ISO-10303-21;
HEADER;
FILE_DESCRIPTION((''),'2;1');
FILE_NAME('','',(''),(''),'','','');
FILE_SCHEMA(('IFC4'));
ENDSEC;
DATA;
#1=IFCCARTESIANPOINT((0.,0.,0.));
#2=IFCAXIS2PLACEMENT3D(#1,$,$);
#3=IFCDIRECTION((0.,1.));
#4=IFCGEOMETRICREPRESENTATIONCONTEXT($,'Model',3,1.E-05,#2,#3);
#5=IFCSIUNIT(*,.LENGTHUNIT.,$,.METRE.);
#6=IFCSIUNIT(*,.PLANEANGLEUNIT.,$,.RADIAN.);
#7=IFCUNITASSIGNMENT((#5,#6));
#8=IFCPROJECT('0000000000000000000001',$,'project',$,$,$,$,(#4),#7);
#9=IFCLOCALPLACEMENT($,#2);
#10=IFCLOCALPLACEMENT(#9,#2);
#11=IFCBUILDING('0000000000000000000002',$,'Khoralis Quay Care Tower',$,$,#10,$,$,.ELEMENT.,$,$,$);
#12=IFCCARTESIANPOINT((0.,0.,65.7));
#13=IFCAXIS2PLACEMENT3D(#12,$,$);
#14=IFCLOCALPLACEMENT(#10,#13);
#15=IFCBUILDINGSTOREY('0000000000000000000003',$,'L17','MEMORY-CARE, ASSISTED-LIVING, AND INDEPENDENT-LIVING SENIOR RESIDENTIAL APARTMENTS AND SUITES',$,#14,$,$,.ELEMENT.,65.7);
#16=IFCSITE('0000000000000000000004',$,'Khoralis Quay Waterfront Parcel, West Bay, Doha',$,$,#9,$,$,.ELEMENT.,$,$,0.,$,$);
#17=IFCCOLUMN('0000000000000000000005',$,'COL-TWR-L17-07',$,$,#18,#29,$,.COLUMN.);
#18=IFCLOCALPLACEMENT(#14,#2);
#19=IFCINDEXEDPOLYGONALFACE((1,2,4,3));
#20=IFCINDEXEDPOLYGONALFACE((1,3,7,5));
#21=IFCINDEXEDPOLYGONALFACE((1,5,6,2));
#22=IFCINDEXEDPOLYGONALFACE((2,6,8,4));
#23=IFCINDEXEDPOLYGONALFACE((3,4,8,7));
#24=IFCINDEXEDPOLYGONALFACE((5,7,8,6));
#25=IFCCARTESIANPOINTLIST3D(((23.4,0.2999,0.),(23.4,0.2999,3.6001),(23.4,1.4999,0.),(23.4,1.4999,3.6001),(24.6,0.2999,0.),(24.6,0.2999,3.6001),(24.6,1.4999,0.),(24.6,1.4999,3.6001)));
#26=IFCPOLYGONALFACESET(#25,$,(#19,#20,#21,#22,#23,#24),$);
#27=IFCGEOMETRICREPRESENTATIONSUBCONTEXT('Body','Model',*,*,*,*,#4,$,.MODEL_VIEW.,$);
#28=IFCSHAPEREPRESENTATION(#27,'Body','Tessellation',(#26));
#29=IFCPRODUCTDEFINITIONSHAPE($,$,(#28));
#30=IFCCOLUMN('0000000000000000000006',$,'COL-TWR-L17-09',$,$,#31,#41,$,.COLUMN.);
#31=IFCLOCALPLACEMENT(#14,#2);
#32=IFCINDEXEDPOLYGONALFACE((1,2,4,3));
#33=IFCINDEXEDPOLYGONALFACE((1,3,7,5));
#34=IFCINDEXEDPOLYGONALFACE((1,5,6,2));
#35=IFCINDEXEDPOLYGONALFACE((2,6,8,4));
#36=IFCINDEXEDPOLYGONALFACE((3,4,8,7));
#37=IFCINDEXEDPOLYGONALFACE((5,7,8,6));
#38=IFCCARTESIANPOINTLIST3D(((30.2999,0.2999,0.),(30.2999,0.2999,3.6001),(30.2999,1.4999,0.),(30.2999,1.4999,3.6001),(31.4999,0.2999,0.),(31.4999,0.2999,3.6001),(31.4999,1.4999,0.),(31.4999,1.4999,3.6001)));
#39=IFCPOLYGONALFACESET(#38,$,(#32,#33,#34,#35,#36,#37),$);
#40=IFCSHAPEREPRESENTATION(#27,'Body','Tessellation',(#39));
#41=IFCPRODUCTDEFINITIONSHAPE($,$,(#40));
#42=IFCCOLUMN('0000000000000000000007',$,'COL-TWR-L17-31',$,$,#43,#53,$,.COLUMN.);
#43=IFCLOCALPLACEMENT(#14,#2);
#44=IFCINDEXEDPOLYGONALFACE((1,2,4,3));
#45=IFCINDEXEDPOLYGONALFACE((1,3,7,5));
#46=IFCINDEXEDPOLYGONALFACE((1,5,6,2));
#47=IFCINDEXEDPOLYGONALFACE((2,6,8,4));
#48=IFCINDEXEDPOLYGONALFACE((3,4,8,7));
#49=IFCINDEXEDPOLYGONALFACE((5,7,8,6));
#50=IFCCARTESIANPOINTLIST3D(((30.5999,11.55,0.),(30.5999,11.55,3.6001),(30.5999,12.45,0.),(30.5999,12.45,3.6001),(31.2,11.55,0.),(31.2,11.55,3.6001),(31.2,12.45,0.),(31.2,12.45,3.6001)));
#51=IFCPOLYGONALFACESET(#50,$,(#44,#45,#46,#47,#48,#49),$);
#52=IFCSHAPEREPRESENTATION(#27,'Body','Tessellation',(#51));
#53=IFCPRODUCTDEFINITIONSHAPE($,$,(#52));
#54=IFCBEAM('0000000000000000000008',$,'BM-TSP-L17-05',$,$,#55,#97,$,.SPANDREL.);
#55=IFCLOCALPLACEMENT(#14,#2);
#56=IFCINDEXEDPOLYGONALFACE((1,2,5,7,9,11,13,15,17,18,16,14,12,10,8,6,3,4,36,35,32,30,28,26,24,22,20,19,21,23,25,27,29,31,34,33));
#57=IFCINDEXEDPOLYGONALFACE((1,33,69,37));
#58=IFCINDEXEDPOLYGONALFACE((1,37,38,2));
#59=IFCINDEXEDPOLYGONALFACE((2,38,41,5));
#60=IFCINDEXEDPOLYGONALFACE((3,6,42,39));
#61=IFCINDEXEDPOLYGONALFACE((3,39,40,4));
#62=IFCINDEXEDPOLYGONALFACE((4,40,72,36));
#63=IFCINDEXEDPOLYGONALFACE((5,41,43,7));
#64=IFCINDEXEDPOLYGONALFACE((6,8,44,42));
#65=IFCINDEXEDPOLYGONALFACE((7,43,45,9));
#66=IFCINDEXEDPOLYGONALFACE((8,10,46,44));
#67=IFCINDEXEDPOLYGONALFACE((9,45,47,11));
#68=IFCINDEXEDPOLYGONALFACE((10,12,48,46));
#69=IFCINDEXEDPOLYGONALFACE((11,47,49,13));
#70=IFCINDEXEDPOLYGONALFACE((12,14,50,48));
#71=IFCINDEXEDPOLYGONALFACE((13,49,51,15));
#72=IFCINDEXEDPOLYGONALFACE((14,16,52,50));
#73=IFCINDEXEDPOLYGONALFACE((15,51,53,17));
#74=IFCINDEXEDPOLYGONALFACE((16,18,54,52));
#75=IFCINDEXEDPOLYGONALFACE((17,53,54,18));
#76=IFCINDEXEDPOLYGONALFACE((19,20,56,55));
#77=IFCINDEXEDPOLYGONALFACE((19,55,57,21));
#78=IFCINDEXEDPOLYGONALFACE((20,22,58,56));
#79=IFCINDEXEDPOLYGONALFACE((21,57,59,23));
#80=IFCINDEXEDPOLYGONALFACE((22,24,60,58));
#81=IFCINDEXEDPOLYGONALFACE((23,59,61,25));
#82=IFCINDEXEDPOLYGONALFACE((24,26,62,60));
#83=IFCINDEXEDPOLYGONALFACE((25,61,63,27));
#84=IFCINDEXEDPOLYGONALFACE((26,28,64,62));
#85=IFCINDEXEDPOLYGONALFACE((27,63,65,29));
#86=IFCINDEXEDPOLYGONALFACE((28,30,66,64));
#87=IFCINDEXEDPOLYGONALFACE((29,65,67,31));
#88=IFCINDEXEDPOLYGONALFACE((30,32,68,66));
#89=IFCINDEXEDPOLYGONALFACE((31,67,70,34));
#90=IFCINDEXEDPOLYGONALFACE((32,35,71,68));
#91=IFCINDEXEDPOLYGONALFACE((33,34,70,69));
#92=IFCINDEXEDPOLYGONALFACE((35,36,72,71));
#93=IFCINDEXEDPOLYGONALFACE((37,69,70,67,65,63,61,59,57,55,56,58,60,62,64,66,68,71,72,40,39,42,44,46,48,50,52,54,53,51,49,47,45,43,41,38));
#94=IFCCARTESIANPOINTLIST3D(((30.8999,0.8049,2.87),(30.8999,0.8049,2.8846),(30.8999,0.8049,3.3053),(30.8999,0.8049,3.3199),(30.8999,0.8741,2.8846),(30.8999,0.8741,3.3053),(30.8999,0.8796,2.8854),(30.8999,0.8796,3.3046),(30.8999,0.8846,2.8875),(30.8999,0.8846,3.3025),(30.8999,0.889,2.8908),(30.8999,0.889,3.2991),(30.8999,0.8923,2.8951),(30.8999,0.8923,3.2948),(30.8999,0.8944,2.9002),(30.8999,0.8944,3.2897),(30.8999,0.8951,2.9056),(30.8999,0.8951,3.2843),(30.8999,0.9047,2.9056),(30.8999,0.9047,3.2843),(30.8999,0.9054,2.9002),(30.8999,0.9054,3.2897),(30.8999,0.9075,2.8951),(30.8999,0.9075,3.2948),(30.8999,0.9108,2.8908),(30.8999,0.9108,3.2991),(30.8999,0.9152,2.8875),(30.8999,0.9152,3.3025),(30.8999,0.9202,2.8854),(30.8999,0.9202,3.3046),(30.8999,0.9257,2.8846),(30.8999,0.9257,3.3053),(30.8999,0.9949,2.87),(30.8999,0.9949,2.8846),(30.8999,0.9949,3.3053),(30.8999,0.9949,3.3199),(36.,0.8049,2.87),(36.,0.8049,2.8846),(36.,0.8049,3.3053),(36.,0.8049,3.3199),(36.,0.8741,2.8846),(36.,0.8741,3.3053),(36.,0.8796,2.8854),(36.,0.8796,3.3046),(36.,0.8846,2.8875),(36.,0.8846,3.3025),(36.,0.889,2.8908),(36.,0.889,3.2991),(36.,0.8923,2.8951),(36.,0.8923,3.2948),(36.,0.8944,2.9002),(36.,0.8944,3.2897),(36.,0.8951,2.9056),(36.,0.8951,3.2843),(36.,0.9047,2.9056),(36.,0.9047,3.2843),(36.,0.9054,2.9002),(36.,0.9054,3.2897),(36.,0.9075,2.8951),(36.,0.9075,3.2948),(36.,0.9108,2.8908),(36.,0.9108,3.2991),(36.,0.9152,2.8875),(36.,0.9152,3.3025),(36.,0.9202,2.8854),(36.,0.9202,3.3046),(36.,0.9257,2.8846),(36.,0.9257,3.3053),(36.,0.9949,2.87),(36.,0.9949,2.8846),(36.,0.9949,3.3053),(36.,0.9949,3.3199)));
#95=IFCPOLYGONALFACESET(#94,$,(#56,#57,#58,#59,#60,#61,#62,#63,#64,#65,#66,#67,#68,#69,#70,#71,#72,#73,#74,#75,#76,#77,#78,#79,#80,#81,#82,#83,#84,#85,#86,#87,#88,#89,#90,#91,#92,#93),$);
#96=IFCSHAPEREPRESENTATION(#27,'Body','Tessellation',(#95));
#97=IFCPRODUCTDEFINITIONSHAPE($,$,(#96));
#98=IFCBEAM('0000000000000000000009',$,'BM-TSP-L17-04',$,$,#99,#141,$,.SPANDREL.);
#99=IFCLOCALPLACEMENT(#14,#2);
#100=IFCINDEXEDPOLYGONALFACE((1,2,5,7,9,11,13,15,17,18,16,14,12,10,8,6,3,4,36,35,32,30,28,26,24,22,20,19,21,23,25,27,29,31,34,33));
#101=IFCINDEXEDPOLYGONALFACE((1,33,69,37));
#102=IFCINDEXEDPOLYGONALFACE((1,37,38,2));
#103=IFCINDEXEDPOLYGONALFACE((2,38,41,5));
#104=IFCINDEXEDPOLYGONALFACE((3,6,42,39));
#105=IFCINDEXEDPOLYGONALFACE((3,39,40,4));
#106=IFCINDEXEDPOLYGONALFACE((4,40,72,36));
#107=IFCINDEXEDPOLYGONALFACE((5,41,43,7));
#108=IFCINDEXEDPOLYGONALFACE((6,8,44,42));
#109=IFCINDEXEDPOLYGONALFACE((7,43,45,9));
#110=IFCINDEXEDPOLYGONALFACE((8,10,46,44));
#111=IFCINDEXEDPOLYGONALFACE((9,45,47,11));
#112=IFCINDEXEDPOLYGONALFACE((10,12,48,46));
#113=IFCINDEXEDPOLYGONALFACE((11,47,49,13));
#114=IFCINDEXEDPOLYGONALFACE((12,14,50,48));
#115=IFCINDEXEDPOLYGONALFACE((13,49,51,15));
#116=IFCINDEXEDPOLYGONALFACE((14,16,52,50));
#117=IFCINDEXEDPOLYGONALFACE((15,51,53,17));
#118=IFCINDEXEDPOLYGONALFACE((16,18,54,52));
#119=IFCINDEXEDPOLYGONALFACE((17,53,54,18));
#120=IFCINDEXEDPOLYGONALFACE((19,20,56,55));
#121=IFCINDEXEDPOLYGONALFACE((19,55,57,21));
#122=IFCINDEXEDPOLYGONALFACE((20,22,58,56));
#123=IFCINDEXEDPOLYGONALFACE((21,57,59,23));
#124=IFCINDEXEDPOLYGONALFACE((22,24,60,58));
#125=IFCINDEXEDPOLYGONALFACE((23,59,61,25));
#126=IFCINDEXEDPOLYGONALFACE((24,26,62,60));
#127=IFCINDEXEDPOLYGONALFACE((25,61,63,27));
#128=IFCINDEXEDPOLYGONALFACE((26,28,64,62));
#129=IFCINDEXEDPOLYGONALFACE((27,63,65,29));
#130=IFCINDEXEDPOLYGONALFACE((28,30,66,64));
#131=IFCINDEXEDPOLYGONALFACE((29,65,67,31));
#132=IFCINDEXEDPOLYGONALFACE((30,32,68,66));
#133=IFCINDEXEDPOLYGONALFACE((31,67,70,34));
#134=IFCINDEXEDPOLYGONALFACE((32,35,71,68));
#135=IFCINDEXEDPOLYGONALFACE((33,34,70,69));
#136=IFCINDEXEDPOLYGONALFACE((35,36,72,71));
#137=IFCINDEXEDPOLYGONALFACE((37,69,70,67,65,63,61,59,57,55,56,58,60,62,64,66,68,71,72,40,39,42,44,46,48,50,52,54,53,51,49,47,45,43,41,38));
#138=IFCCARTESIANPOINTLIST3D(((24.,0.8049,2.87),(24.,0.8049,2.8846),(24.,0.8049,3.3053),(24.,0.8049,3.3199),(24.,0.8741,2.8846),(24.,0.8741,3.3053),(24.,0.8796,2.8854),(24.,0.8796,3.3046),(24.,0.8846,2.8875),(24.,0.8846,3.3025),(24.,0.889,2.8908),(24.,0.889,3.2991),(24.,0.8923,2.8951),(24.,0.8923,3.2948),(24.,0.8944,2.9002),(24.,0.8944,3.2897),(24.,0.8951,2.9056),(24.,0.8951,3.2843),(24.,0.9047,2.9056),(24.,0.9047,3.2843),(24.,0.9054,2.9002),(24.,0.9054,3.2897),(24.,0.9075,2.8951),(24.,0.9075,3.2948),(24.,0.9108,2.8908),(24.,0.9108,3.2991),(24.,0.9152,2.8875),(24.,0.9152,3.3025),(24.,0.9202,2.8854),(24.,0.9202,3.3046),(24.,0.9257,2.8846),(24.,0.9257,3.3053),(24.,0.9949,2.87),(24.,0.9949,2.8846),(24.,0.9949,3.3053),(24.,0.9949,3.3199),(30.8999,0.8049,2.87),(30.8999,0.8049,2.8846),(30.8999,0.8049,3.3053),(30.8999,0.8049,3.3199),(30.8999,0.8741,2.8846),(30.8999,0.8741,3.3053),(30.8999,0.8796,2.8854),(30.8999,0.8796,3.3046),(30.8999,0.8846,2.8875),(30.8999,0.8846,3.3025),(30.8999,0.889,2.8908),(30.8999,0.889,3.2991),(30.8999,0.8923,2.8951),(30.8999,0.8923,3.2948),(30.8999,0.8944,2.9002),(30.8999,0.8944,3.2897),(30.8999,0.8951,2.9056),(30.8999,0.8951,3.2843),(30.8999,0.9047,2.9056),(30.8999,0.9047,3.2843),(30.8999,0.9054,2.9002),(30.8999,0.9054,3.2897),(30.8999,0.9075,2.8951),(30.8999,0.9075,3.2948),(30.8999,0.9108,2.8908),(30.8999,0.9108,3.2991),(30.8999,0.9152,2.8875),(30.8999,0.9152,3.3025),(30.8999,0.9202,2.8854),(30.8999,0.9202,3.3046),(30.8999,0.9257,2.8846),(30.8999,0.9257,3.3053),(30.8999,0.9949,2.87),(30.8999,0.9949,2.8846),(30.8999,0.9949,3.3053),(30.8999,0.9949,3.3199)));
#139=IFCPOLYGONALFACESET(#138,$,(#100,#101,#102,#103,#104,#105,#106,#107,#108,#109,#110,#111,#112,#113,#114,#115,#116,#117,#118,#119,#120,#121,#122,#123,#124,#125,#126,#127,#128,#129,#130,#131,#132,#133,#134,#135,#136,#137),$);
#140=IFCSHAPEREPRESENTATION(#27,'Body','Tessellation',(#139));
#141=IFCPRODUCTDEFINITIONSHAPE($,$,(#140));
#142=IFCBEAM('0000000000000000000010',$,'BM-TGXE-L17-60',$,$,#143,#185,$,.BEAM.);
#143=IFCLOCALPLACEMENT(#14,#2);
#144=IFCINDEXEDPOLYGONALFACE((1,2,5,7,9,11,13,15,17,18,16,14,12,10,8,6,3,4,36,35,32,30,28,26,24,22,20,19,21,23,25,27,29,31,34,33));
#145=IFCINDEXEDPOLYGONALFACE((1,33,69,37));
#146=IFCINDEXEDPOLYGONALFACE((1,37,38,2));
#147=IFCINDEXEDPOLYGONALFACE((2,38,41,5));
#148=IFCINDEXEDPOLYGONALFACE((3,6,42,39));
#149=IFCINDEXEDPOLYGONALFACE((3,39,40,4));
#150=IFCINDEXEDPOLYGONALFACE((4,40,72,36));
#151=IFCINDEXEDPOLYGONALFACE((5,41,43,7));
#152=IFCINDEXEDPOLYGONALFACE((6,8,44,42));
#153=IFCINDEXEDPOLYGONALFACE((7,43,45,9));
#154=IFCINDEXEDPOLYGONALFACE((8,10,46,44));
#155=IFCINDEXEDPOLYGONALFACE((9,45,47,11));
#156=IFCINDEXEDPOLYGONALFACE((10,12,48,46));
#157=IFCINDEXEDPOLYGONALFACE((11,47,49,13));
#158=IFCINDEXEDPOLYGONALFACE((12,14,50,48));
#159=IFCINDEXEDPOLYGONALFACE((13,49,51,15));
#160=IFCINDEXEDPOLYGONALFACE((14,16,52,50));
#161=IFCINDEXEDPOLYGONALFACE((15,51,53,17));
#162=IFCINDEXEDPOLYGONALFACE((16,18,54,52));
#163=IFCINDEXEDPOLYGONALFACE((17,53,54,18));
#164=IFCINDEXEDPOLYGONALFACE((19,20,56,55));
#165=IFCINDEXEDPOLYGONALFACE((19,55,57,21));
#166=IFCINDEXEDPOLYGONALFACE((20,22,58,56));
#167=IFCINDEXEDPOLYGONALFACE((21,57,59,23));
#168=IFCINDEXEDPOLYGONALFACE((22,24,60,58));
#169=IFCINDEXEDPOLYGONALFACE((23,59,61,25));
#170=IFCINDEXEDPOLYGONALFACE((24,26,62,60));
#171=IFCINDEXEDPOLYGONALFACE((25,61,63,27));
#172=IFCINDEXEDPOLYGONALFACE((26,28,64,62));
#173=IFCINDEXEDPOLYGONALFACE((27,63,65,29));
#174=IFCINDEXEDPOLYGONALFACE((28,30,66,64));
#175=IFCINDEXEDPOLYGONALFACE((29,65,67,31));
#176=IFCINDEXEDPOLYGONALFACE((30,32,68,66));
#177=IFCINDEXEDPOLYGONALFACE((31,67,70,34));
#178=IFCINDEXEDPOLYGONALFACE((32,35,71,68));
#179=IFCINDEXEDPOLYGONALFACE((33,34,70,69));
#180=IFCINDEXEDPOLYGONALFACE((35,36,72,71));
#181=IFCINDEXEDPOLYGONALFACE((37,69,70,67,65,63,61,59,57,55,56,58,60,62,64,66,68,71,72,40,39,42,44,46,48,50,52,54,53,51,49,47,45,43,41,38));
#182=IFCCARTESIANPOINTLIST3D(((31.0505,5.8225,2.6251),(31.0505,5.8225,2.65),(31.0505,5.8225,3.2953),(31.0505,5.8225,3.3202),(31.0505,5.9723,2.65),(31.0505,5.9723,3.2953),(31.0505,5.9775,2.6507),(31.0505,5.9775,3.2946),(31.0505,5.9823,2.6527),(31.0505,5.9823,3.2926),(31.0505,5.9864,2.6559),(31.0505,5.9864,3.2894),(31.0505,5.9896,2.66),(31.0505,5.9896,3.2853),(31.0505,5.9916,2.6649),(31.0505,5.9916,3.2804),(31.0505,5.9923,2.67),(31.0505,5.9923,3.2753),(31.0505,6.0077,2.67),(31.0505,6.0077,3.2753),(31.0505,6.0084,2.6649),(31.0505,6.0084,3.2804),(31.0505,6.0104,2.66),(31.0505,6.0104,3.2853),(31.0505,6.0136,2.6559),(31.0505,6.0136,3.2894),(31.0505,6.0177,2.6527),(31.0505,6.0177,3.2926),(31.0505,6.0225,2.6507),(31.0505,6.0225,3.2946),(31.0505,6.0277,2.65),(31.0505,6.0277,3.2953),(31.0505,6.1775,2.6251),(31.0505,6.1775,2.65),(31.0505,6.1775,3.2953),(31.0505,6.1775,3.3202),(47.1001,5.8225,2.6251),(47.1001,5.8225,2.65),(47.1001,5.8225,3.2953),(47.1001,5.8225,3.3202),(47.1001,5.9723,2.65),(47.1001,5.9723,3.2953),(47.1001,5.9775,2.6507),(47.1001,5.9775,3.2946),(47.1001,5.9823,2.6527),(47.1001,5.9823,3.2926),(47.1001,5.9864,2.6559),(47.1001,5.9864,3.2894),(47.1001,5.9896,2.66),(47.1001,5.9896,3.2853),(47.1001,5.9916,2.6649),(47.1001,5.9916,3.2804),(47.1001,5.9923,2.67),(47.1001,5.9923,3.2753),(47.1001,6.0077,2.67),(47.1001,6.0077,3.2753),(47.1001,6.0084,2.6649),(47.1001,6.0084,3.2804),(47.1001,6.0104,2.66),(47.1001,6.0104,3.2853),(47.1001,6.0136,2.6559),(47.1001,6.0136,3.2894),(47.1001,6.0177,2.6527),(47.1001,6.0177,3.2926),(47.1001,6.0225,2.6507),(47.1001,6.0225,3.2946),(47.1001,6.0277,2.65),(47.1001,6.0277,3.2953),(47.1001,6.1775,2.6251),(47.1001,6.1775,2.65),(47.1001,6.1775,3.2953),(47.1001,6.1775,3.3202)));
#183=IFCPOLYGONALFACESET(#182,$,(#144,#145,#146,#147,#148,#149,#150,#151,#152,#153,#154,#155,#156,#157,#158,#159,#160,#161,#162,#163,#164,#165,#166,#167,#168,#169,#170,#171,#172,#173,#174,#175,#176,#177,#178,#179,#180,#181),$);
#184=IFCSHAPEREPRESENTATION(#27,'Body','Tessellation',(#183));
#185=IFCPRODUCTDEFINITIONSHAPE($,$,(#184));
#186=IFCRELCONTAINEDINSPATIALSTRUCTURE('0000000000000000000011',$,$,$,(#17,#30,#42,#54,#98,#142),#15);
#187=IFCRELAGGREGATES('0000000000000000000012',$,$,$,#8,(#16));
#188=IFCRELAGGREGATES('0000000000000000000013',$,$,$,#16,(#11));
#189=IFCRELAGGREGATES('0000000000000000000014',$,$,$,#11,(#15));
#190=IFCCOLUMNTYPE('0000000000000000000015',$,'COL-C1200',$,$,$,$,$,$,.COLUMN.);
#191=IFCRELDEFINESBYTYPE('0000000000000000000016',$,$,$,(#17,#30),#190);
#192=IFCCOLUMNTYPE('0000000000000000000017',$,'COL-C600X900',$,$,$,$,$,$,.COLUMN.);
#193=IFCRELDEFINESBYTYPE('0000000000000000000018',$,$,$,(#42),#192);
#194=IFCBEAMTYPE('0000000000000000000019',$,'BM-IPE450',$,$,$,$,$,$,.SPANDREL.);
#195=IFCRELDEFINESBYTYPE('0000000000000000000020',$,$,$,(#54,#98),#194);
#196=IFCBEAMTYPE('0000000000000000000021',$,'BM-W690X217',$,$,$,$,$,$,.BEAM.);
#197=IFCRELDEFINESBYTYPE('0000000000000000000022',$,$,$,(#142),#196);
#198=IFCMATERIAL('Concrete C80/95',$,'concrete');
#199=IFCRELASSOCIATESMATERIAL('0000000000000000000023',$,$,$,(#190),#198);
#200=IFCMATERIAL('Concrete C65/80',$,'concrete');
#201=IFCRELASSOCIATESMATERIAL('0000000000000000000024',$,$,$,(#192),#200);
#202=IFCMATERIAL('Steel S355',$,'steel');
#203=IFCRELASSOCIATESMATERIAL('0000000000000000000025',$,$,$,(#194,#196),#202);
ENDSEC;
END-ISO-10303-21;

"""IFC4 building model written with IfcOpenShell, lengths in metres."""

from ifc_helpers import new_model, si_unit, direction, frame, origin, origin_2d, place, context, subcontext, project, spatial, rectangle, i_section, extrude, source, transform, mapped, material, material_profile, profile_set, type_object, element, save


model = new_model("IFC4")

# Units and contexts
model_context = context("Model", 3, precision=1e-05, world=origin(), true_north=direction((0.0, 1.0)))
body_context = subcontext(model_context, "Body", "Model", "MODEL_VIEW")
ifc_project = project(units=[si_unit("LENGTHUNIT", "METRE"), si_unit("PLANEANGLEUNIT", "RADIAN")], contexts=[model_context])

# Site, building, storey
site_placement = place(None, origin())
site = spatial("IfcSite", under=ifc_project, at=site_placement, Name="Khoralis Quay Waterfront Parcel, West Bay, Doha", CompositionType="ELEMENT", RefElevation=0.0)
building_placement = place(site_placement, origin())
building = spatial("IfcBuilding", under=site, at=building_placement, Name="Khoralis Quay Care Tower", CompositionType="ELEMENT")
storey_placement = place(building_placement, frame((0.0, 0.0, 65.7)))
storey = spatial("IfcBuildingStorey", under=building, at=storey_placement, Name="L17", Description="MEMORY-CARE, ASSISTED-LIVING, AND INDEPENDENT-LIVING SENIOR RESIDENTIAL APARTMENTS AND SUITES", CompositionType="ELEMENT", Elevation=65.7)

# Columns
ifc_material_1 = material(Name="Concrete C80/95", Category="concrete")
ifc_material_profile_1 = material_profile(ifc_material_1, rectangle(XDim=1.2, YDim=1.2, at=origin_2d()), Name="Concrete C80/95")
ifc_profile_set_1 = profile_set([ifc_material_profile_1], Name="Concrete C80/95")
column_type_1 = type_object("IfcColumnType", Name="COL-C1200", PredefinedType="COLUMN", material=ifc_profile_set_1)
shared_shape_1 = source(origin(), body_context, "Body", "SweptSolid", [
    extrude(rectangle(XDim=1.2, YDim=1.2, at=origin_2d()), origin(), (0.0, 0.0, 1.0), 3.6001),
])
for number, where, z_axis, x_axis, name in (
    (1, (24.0, 0.8999, 0.0), (0.0, 0.0, 1.0), (1.0, 0.0, 0.0), "COL-TWR-L17-07"),
    (2, (30.8999, 0.8999, 0.0), (0.0, 0.0, 1.0), (1.0, 0.0, 0.0), "COL-TWR-L17-09"),
):
    element("IfcColumn", number, at=place(storey_placement, frame(where, z_axis=z_axis, x_axis=x_axis)), inside=storey, type_object=column_type_1, Name=name, PredefinedType="COLUMN", context=body_context, shape_type="MappedRepresentation", body=[
        mapped(shared_shape_1, transform((0.0, 0.0, 0.0), scale=1.0)),
    ])
ifc_material_2 = material(Name="Concrete C65/80", Category="concrete")
ifc_material_profile_2 = material_profile(ifc_material_2, rectangle(XDim=0.6001, YDim=0.8999, at=origin_2d()), Name="Concrete C65/80")
ifc_profile_set_2 = profile_set([ifc_material_profile_2], Name="Concrete C65/80")
column_type_2 = type_object("IfcColumnType", Name="COL-C600X900", PredefinedType="COLUMN", material=ifc_profile_set_2)
shared_shape_2 = source(origin(), body_context, "Body", "SweptSolid", [
    extrude(rectangle(XDim=0.6001, YDim=0.8999, at=origin_2d()), origin(), (0.0, 0.0, 1.0), 3.6001),
])
column_placement = place(storey_placement, frame((30.8999, 12.0, 0.0), z_axis=(0.0, 0.0, 1.0), x_axis=(1.0, 0.0, 0.0)))
element("IfcColumn", 3, at=column_placement, inside=storey, type_object=column_type_2, Name="COL-TWR-L17-31", PredefinedType="COLUMN", context=body_context, shape_type="MappedRepresentation", body=[
    mapped(shared_shape_2, transform((0.0, 0.0, 0.0), scale=1.0)),
])

# Beams
ifc_material_3 = material(Name="Steel S355", Category="steel")
ifc_material_profile_3 = material_profile(ifc_material_3, i_section(OverallWidth=0.1899, OverallDepth=0.45, WebThickness=0.0095, FlangeThickness=0.0146, FilletRadius=0.021, at=origin_2d()), Name="Steel S355")
ifc_profile_set_3 = profile_set([ifc_material_profile_3], Name="Steel S355")
beam_type_1 = type_object("IfcBeamType", Name="BM-IPE450", PredefinedType="SPANDREL", material=ifc_profile_set_3)
shared_shape_3 = source(origin(), body_context, "Body", "SweptSolid", [
    extrude(i_section(OverallWidth=0.1899, OverallDepth=0.45, WebThickness=0.0095, FlangeThickness=0.0146, FilletRadius=0.021, at=origin_2d()), origin(), (0.0, 0.0, 1.0), 5.1001),
])
beam_1_placement = place(storey_placement, frame((30.8999, 0.8999, 3.095), z_axis=(1.0, 0.0, 0.0), x_axis=(0.0, 1.0, 0.0)))
element("IfcBeam", 4, at=beam_1_placement, inside=storey, type_object=beam_type_1, Name="BM-TSP-L17-05", PredefinedType="SPANDREL", context=body_context, shape_type="MappedRepresentation", body=[
    mapped(shared_shape_3, transform((0.0, 0.0, 0.0), scale=1.0)),
])
shared_shape_4 = source(origin(), body_context, "Body", "SweptSolid", [
    extrude(i_section(OverallWidth=0.1899, OverallDepth=0.45, WebThickness=0.0095, FlangeThickness=0.0146, FilletRadius=0.021, at=origin_2d()), origin(), (0.0, 0.0, 1.0), 6.8999),
])
beam_2_placement = place(storey_placement, frame((24.0, 0.8999, 3.095), z_axis=(1.0, 0.0, 0.0), x_axis=(0.0, 1.0, 0.0)))
element("IfcBeam", 5, at=beam_2_placement, inside=storey, type_object=beam_type_1, Name="BM-TSP-L17-04", PredefinedType="SPANDREL", context=body_context, shape_type="MappedRepresentation", body=[
    mapped(shared_shape_4, transform((0.0, 0.0, 0.0), scale=1.0)),
])
ifc_material_profile_4 = material_profile(ifc_material_3, i_section(OverallWidth=0.355, OverallDepth=0.6951, WebThickness=0.0154, FlangeThickness=0.0249, FilletRadius=0.02, at=origin_2d()), Name="Steel S355")
ifc_profile_set_4 = profile_set([ifc_material_profile_4], Name="Steel S355")
beam_type_2 = type_object("IfcBeamType", Name="BM-W690X217", PredefinedType="BEAM", material=ifc_profile_set_4)
shared_shape_5 = source(origin(), body_context, "Body", "SweptSolid", [
    extrude(i_section(OverallWidth=0.355, OverallDepth=0.6951, WebThickness=0.0154, FlangeThickness=0.0249, FilletRadius=0.02, at=origin_2d()), origin(), (0.0, 0.0, 1.0), 16.0496),
])
beam_3_placement = place(storey_placement, frame((31.0505, 6.0, 2.9727), z_axis=(1.0, 0.0, 0.0), x_axis=(0.0, 1.0, 0.0)))
element("IfcBeam", 6, at=beam_3_placement, inside=storey, type_object=beam_type_2, Name="BM-TGXE-L17-60", PredefinedType="BEAM", context=body_context, shape_type="MappedRepresentation", body=[
    mapped(shared_shape_5, transform((0.0, 0.0, 0.0), scale=1.0)),
])

save(model, "model.ifc")
